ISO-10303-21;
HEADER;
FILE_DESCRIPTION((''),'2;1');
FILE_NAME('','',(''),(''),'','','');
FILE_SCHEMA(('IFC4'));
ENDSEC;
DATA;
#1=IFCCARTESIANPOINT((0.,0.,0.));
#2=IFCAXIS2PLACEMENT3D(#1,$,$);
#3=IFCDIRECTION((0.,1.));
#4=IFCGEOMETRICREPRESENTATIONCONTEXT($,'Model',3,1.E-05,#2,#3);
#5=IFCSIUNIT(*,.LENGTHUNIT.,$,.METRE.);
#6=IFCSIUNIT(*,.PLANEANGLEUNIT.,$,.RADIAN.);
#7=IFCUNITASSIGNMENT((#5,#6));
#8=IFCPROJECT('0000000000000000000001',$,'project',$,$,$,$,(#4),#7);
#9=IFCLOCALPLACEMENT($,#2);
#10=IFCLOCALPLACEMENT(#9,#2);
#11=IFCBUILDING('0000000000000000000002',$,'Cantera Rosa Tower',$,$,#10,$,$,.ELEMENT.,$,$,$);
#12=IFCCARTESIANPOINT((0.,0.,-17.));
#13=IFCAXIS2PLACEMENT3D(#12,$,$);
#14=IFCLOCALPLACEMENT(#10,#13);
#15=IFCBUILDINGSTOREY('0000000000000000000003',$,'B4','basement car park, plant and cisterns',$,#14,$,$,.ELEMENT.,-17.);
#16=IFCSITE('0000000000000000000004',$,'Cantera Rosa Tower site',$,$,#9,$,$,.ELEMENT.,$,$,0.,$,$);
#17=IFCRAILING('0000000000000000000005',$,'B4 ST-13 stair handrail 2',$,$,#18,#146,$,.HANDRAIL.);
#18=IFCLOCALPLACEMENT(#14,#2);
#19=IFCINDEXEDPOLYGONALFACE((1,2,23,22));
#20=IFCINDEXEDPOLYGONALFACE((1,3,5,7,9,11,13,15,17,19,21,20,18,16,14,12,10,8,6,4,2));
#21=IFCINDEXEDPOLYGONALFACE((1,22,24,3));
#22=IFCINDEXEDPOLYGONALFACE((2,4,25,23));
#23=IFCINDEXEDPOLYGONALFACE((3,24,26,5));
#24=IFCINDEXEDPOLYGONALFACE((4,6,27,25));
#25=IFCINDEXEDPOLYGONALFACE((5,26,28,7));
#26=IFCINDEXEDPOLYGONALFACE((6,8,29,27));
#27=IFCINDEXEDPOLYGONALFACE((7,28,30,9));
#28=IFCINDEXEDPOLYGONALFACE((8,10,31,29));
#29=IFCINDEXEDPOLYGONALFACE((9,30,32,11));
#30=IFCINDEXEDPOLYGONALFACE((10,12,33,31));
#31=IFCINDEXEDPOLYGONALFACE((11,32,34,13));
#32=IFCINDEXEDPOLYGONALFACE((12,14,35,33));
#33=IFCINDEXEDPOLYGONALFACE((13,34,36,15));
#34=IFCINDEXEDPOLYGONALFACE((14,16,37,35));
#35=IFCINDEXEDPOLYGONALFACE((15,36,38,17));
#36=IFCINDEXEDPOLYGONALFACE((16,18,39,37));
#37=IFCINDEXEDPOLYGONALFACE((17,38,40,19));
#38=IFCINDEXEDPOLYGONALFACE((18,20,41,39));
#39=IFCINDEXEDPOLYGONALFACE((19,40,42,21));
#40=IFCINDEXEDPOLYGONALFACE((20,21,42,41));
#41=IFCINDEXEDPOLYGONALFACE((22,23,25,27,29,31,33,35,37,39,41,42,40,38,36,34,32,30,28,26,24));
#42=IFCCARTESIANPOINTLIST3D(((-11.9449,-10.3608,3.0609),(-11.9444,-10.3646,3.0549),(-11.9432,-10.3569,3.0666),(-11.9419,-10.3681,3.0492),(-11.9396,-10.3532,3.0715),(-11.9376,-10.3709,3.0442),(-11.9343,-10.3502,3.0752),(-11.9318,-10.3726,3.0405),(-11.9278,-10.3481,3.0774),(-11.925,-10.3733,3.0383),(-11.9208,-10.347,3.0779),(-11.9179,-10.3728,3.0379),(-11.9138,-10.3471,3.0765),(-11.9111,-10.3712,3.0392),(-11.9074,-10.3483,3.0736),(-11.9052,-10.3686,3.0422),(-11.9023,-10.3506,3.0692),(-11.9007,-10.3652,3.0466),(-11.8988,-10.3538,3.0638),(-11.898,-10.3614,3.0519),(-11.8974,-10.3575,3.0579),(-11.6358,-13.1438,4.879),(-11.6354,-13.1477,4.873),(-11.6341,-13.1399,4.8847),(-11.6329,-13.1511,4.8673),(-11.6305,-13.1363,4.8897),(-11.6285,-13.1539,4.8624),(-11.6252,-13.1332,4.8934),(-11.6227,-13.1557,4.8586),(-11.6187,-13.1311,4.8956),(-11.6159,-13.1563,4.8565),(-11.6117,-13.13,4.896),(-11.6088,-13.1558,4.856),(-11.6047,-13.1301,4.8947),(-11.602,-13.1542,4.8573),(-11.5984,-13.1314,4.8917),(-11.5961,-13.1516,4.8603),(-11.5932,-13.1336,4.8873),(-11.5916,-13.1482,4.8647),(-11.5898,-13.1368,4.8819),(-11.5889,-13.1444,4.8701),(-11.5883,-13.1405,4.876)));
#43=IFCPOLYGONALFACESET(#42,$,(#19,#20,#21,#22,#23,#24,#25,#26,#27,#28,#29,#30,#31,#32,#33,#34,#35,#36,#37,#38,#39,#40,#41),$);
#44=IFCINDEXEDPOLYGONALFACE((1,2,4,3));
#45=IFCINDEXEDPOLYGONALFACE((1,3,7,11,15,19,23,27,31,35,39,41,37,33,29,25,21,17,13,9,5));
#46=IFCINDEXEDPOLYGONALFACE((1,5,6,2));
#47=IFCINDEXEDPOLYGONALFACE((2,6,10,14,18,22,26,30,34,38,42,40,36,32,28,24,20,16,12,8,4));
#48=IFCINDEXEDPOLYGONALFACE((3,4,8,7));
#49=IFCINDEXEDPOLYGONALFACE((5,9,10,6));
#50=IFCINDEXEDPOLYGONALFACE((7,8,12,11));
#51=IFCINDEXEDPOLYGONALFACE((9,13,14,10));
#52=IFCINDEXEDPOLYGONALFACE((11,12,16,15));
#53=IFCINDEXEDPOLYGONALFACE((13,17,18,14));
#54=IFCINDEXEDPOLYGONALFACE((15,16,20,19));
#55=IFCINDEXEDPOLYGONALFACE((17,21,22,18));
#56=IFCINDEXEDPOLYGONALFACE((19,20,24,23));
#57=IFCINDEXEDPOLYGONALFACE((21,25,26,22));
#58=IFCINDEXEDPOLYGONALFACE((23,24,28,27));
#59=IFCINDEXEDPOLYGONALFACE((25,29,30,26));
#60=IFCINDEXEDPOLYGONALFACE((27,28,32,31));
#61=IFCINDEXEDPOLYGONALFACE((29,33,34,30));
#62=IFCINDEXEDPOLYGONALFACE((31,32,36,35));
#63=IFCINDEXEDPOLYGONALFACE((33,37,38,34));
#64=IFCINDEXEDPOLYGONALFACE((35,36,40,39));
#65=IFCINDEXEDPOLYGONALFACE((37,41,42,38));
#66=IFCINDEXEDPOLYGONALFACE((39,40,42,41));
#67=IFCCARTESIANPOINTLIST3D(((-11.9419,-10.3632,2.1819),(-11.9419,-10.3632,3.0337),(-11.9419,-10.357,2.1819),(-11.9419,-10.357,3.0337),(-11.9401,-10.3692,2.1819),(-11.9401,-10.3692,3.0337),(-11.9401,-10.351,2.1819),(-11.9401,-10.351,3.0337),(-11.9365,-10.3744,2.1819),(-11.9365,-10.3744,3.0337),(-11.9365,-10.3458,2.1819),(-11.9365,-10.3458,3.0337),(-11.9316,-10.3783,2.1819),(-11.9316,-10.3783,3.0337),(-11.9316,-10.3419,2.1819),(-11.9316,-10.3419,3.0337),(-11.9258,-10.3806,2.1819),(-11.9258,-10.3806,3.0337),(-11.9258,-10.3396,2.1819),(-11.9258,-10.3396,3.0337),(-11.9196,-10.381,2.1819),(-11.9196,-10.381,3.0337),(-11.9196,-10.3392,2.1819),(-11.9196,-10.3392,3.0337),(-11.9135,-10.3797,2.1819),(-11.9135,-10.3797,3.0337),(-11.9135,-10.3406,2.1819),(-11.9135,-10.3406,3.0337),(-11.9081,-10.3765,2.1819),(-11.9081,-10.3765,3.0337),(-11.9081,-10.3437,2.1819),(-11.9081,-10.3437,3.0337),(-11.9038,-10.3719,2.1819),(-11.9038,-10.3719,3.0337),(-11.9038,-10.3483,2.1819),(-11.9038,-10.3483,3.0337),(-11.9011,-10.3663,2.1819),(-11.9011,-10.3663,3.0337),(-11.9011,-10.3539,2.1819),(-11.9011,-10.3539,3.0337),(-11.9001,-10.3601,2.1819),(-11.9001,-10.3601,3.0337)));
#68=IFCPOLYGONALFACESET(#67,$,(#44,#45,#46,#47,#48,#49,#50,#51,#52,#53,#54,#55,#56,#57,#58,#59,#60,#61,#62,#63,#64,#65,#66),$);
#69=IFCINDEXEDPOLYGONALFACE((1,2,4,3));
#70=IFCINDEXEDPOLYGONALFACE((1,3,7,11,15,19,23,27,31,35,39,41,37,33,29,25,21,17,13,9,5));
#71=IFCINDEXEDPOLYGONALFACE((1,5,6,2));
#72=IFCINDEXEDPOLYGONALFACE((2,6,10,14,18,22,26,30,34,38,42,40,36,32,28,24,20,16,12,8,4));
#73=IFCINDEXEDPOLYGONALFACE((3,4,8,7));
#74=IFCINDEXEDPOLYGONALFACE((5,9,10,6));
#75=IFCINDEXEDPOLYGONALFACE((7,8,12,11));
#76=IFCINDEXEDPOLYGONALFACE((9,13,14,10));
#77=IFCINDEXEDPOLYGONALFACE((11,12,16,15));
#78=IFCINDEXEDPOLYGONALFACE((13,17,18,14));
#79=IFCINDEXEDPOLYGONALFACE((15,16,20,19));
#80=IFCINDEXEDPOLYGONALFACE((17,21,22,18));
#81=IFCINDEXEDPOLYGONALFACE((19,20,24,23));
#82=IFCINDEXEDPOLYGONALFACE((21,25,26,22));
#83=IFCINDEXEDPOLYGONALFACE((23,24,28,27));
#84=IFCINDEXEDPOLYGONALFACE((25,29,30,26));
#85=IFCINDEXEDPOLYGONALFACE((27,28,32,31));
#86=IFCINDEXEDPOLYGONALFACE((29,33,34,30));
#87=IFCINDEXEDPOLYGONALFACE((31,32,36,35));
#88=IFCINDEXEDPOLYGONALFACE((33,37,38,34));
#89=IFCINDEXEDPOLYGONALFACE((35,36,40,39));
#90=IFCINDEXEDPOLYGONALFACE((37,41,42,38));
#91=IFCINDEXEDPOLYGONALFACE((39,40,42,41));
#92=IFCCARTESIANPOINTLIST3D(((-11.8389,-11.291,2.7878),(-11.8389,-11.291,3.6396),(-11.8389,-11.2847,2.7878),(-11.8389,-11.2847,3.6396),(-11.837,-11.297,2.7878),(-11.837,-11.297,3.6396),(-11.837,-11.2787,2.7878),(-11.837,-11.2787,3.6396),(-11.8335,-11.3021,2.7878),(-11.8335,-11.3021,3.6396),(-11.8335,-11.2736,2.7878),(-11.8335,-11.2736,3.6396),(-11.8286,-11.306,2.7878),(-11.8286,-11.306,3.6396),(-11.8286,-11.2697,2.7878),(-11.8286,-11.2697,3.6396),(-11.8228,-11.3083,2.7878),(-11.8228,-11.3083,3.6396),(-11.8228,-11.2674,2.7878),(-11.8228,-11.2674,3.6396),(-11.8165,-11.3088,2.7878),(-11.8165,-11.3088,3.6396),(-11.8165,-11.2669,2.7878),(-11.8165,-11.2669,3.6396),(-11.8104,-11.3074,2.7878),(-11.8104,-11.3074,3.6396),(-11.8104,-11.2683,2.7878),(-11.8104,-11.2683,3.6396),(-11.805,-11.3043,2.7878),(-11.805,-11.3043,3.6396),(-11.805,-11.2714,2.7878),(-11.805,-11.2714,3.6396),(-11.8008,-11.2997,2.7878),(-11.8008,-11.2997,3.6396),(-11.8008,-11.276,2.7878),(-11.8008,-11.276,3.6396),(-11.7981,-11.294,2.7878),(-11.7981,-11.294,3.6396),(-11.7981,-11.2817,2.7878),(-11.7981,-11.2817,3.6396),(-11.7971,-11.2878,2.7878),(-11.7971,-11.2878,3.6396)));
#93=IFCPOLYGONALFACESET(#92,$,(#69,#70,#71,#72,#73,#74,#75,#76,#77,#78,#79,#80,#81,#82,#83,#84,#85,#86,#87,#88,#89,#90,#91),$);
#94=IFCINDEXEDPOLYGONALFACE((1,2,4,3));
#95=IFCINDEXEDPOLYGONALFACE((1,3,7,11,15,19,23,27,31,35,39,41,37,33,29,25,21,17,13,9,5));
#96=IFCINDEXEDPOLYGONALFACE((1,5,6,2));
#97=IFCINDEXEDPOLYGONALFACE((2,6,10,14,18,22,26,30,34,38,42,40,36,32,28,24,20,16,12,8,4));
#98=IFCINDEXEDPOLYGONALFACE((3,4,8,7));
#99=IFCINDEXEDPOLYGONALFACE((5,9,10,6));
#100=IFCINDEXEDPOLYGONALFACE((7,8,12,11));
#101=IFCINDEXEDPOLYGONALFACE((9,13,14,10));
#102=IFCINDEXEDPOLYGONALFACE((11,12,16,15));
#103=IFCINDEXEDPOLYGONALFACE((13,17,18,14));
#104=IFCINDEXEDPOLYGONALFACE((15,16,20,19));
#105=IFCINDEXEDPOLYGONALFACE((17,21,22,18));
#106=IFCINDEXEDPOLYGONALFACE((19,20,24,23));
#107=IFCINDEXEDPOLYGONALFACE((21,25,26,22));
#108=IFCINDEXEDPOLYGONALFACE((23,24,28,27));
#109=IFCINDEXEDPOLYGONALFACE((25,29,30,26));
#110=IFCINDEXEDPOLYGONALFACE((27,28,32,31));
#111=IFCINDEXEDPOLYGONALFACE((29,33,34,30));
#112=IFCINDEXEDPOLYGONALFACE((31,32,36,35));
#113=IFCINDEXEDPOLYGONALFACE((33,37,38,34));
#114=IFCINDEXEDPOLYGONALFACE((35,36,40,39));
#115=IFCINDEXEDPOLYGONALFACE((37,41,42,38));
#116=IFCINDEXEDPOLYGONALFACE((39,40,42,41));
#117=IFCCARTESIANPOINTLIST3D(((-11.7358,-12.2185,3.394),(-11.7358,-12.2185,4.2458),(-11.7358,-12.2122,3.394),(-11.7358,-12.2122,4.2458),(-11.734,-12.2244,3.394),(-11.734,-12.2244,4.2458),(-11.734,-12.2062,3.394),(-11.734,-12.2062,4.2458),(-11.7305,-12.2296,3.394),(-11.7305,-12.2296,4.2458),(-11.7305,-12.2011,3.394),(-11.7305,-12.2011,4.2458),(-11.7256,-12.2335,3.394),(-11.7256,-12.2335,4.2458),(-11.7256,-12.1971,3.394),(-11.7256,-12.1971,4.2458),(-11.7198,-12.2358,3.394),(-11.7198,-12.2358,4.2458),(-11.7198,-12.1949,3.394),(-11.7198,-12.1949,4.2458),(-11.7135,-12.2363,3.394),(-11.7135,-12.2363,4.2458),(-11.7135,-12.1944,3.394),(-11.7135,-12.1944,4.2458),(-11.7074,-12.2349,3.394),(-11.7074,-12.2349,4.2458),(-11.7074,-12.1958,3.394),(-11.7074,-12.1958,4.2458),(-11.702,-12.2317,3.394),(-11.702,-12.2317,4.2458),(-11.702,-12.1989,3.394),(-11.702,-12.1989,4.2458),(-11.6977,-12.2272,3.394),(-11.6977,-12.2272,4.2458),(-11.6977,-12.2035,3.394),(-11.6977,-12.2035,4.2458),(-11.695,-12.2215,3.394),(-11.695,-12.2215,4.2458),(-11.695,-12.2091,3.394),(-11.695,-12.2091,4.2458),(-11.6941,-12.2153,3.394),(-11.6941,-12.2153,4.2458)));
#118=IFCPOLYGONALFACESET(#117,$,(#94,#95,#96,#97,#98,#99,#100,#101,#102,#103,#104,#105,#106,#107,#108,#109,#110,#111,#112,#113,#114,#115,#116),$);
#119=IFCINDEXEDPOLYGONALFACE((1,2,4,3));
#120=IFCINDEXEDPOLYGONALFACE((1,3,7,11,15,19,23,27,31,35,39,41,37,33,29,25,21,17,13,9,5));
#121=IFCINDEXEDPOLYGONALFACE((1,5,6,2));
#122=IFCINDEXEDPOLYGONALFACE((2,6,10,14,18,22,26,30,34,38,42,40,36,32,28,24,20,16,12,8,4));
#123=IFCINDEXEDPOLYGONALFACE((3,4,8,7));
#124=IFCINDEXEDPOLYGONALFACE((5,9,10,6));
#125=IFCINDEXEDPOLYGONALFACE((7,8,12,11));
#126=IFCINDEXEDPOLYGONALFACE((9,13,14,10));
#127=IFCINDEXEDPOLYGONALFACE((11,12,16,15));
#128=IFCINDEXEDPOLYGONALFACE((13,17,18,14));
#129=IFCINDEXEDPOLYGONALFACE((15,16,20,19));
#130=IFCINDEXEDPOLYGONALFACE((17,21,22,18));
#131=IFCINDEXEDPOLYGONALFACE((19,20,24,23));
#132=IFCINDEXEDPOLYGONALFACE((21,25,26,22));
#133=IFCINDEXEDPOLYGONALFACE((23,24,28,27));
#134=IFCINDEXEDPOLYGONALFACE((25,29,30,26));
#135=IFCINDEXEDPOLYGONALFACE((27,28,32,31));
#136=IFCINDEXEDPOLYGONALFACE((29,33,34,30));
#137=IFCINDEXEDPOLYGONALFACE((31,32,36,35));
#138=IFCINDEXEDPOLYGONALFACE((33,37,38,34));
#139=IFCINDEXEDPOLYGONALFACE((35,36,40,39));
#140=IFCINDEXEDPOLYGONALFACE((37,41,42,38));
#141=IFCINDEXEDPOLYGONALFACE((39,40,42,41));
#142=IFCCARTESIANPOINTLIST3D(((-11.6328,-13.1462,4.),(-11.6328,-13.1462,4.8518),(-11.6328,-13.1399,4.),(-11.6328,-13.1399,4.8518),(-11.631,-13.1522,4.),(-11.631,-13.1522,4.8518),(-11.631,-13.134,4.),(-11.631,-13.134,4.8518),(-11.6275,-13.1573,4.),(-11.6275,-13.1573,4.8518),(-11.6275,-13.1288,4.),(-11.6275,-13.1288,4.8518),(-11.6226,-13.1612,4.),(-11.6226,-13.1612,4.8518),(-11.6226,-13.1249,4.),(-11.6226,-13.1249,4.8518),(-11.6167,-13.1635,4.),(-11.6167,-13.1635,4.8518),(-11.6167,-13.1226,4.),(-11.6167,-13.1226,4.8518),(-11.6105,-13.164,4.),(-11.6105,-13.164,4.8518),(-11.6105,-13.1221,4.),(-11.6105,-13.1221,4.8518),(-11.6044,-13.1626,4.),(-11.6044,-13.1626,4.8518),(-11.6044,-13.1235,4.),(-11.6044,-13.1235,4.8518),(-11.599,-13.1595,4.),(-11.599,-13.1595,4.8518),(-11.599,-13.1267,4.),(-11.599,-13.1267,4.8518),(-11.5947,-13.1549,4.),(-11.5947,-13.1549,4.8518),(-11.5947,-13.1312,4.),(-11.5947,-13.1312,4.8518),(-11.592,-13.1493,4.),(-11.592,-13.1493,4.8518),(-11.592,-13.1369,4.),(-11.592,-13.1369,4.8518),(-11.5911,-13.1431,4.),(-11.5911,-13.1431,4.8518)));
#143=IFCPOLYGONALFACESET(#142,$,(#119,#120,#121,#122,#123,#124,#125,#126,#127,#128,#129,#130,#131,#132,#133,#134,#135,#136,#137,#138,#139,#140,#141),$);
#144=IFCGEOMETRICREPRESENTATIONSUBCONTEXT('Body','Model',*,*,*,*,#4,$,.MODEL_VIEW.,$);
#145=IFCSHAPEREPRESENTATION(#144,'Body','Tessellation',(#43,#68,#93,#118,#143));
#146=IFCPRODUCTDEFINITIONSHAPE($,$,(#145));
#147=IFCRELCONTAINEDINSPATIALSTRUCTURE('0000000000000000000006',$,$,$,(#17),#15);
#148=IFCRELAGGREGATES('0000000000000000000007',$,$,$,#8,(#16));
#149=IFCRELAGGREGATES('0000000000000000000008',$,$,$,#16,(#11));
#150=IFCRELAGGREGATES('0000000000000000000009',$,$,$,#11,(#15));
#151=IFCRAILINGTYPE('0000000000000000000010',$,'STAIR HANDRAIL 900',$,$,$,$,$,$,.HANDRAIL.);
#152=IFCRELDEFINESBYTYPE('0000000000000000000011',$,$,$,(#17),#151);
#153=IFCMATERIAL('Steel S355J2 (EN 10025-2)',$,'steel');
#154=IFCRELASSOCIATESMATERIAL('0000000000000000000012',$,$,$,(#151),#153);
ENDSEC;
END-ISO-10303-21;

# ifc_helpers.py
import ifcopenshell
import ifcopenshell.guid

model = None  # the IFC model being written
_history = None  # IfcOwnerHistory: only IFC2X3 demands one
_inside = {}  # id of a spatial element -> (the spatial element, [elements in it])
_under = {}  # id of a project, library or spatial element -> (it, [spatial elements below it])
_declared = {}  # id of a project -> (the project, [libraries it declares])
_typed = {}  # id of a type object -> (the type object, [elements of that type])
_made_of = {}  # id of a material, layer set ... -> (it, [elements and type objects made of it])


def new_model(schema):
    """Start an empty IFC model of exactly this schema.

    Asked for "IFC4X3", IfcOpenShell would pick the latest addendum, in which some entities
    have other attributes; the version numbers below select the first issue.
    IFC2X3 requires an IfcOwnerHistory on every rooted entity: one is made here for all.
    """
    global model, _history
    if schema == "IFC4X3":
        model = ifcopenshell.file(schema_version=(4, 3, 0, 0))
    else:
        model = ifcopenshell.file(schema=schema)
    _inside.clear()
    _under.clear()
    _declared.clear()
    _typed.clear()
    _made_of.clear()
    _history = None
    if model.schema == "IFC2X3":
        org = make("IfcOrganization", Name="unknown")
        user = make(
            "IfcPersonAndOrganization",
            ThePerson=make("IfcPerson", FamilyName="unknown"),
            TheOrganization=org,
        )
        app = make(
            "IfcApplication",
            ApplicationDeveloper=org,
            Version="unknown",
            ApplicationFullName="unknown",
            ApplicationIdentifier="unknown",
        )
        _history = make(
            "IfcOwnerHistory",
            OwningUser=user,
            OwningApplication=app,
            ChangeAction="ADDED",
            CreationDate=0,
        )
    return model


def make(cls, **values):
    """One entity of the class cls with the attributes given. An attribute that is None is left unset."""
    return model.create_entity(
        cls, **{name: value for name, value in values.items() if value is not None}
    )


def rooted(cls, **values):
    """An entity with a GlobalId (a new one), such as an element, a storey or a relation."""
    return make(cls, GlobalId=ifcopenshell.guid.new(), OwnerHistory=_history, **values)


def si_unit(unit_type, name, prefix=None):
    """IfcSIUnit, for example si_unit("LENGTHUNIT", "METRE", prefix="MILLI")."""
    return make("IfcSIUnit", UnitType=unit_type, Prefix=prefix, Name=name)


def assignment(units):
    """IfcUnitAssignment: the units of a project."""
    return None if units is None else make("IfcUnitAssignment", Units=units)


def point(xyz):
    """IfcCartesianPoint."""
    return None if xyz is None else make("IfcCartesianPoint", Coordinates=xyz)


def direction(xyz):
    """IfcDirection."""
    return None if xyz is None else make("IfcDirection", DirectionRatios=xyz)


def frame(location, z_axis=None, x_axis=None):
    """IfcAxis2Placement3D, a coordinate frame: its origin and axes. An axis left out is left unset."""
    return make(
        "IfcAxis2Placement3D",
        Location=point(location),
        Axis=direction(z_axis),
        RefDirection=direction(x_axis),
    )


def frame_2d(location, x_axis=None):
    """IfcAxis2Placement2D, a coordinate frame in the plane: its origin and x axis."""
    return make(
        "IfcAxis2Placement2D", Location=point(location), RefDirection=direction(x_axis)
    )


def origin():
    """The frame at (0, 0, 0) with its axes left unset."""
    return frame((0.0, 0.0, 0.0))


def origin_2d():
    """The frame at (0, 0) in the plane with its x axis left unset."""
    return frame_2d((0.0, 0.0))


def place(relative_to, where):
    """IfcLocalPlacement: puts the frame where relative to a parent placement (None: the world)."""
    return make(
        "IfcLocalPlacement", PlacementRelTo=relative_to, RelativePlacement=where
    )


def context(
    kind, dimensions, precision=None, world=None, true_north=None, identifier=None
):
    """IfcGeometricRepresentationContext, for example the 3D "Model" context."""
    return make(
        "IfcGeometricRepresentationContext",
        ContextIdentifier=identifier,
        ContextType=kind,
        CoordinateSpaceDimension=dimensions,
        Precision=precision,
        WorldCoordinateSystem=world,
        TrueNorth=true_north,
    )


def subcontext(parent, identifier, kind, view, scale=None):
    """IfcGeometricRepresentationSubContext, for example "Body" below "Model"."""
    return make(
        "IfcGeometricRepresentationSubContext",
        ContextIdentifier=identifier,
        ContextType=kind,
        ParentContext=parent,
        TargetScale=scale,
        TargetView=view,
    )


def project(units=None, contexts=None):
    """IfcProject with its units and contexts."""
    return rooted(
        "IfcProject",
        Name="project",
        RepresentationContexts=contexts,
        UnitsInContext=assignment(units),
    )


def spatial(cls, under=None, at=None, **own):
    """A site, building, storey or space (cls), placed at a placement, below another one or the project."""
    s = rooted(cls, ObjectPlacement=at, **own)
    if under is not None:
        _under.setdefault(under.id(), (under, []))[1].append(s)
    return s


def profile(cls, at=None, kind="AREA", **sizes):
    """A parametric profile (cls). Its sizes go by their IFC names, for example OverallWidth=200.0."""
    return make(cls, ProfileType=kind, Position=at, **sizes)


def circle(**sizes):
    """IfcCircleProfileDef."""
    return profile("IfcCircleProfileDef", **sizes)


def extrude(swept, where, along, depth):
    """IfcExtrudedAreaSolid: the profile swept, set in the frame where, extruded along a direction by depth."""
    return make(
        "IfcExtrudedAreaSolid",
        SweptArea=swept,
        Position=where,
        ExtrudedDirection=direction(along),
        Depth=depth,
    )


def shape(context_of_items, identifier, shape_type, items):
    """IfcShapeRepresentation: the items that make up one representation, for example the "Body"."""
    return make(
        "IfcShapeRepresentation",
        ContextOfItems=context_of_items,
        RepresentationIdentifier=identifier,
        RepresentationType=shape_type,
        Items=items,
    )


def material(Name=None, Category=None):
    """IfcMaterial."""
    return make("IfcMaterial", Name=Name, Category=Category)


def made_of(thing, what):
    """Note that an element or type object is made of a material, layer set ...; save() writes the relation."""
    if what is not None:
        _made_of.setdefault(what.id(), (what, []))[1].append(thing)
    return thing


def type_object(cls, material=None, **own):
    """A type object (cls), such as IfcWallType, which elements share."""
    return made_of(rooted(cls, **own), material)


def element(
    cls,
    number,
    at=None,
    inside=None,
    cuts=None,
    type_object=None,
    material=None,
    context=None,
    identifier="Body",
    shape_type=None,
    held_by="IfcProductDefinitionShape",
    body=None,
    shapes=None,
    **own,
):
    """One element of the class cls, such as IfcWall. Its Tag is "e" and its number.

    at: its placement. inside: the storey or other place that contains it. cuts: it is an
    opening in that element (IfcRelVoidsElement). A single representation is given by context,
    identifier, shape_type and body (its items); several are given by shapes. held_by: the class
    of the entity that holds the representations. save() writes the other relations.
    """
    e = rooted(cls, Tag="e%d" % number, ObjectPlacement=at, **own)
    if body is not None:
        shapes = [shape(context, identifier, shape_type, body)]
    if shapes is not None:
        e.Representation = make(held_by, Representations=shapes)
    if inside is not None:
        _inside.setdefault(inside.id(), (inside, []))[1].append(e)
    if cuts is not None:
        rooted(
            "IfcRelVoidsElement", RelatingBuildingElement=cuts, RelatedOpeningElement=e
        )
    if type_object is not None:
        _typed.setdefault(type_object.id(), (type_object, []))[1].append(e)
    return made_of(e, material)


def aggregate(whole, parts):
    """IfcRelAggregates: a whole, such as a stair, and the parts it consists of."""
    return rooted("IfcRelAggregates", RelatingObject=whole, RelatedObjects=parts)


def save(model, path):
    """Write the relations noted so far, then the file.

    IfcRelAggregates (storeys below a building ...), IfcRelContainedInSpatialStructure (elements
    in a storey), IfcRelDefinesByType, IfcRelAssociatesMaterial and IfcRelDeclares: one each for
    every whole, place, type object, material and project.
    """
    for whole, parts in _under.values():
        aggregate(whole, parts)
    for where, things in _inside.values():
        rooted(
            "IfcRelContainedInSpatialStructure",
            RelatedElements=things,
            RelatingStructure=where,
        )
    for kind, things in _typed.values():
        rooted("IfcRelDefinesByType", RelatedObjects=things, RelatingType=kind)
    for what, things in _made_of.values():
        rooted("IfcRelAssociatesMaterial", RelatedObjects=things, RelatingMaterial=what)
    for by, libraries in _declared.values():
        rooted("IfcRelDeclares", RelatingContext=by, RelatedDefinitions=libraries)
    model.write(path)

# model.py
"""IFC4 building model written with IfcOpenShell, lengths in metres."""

from ifc_helpers import new_model, si_unit, direction, frame, origin, origin_2d, place, context, subcontext, project, spatial, circle, extrude, material, type_object, element, save


model = new_model("IFC4")

# Units and contexts
model_context = context("Model", 3, precision=1e-05, world=origin(), true_north=direction((0.0, 1.0)))
body_context = subcontext(model_context, "Body", "Model", "MODEL_VIEW")
ifc_project = project(units=[si_unit("LENGTHUNIT", "METRE"), si_unit("PLANEANGLEUNIT", "RADIAN")], contexts=[model_context])

# Site, building, storey
site_placement = place(None, origin())
site = spatial("IfcSite", under=ifc_project, at=site_placement, Name="Cantera Rosa Tower site", CompositionType="ELEMENT", RefElevation=0.0)
building_placement = place(site_placement, origin())
building = spatial("IfcBuilding", under=site, at=building_placement, Name="Cantera Rosa Tower", CompositionType="ELEMENT")
storey_placement = place(building_placement, frame((0.0, 0.0, -17.0)))
storey = spatial("IfcBuildingStorey", under=building, at=storey_placement, Name="B4", Description="basement car park, plant and cisterns", CompositionType="ELEMENT", Elevation=-17.0)

# Railing
ifc_material_1 = material(Name="Steel S355J2 (EN 10025-2)", Category="steel")
railing_type_1 = type_object("IfcRailingType", Name="STAIR HANDRAIL 900", PredefinedType="HANDRAIL", material=ifc_material_1)
railing_1_placement = place(storey_placement, frame((-11.9211, -10.3601, 2.1819)))
element("IfcRailing", 1, at=railing_1_placement, inside=storey, type_object=railing_type_1, Name="B4 ST-13 stair handrail 2", PredefinedType="HANDRAIL", context=body_context, shape_type="SweptSolid", body=[
    extrude(circle(Radius=0.0239, at=origin_2d()), frame((0.0, 0.0, 0.876), z_axis=(0.09258, -0.833582, 0.544582), x_axis=(0.993889, 0.110384, 0.0)), (0.0, 0.0, 1.0), 3.3386),
    extrude(circle(Radius=0.021, at=origin_2d()), origin(), (0.0, 0.0, 1.0), 0.8518),
    extrude(circle(Radius=0.021, at=origin_2d()), frame((0.103, -0.9277, 0.606)), (0.0, 0.0, 1.0), 0.8518),
    extrude(circle(Radius=0.021, at=origin_2d()), frame((0.2061, -1.8552, 1.2122)), (0.0, 0.0, 1.0), 0.8518),
    extrude(circle(Radius=0.021, at=origin_2d()), frame((0.3091, -2.783, 1.8181)), (0.0, 0.0, 1.0), 0.8518),
])

save(model, "model.ifc")
